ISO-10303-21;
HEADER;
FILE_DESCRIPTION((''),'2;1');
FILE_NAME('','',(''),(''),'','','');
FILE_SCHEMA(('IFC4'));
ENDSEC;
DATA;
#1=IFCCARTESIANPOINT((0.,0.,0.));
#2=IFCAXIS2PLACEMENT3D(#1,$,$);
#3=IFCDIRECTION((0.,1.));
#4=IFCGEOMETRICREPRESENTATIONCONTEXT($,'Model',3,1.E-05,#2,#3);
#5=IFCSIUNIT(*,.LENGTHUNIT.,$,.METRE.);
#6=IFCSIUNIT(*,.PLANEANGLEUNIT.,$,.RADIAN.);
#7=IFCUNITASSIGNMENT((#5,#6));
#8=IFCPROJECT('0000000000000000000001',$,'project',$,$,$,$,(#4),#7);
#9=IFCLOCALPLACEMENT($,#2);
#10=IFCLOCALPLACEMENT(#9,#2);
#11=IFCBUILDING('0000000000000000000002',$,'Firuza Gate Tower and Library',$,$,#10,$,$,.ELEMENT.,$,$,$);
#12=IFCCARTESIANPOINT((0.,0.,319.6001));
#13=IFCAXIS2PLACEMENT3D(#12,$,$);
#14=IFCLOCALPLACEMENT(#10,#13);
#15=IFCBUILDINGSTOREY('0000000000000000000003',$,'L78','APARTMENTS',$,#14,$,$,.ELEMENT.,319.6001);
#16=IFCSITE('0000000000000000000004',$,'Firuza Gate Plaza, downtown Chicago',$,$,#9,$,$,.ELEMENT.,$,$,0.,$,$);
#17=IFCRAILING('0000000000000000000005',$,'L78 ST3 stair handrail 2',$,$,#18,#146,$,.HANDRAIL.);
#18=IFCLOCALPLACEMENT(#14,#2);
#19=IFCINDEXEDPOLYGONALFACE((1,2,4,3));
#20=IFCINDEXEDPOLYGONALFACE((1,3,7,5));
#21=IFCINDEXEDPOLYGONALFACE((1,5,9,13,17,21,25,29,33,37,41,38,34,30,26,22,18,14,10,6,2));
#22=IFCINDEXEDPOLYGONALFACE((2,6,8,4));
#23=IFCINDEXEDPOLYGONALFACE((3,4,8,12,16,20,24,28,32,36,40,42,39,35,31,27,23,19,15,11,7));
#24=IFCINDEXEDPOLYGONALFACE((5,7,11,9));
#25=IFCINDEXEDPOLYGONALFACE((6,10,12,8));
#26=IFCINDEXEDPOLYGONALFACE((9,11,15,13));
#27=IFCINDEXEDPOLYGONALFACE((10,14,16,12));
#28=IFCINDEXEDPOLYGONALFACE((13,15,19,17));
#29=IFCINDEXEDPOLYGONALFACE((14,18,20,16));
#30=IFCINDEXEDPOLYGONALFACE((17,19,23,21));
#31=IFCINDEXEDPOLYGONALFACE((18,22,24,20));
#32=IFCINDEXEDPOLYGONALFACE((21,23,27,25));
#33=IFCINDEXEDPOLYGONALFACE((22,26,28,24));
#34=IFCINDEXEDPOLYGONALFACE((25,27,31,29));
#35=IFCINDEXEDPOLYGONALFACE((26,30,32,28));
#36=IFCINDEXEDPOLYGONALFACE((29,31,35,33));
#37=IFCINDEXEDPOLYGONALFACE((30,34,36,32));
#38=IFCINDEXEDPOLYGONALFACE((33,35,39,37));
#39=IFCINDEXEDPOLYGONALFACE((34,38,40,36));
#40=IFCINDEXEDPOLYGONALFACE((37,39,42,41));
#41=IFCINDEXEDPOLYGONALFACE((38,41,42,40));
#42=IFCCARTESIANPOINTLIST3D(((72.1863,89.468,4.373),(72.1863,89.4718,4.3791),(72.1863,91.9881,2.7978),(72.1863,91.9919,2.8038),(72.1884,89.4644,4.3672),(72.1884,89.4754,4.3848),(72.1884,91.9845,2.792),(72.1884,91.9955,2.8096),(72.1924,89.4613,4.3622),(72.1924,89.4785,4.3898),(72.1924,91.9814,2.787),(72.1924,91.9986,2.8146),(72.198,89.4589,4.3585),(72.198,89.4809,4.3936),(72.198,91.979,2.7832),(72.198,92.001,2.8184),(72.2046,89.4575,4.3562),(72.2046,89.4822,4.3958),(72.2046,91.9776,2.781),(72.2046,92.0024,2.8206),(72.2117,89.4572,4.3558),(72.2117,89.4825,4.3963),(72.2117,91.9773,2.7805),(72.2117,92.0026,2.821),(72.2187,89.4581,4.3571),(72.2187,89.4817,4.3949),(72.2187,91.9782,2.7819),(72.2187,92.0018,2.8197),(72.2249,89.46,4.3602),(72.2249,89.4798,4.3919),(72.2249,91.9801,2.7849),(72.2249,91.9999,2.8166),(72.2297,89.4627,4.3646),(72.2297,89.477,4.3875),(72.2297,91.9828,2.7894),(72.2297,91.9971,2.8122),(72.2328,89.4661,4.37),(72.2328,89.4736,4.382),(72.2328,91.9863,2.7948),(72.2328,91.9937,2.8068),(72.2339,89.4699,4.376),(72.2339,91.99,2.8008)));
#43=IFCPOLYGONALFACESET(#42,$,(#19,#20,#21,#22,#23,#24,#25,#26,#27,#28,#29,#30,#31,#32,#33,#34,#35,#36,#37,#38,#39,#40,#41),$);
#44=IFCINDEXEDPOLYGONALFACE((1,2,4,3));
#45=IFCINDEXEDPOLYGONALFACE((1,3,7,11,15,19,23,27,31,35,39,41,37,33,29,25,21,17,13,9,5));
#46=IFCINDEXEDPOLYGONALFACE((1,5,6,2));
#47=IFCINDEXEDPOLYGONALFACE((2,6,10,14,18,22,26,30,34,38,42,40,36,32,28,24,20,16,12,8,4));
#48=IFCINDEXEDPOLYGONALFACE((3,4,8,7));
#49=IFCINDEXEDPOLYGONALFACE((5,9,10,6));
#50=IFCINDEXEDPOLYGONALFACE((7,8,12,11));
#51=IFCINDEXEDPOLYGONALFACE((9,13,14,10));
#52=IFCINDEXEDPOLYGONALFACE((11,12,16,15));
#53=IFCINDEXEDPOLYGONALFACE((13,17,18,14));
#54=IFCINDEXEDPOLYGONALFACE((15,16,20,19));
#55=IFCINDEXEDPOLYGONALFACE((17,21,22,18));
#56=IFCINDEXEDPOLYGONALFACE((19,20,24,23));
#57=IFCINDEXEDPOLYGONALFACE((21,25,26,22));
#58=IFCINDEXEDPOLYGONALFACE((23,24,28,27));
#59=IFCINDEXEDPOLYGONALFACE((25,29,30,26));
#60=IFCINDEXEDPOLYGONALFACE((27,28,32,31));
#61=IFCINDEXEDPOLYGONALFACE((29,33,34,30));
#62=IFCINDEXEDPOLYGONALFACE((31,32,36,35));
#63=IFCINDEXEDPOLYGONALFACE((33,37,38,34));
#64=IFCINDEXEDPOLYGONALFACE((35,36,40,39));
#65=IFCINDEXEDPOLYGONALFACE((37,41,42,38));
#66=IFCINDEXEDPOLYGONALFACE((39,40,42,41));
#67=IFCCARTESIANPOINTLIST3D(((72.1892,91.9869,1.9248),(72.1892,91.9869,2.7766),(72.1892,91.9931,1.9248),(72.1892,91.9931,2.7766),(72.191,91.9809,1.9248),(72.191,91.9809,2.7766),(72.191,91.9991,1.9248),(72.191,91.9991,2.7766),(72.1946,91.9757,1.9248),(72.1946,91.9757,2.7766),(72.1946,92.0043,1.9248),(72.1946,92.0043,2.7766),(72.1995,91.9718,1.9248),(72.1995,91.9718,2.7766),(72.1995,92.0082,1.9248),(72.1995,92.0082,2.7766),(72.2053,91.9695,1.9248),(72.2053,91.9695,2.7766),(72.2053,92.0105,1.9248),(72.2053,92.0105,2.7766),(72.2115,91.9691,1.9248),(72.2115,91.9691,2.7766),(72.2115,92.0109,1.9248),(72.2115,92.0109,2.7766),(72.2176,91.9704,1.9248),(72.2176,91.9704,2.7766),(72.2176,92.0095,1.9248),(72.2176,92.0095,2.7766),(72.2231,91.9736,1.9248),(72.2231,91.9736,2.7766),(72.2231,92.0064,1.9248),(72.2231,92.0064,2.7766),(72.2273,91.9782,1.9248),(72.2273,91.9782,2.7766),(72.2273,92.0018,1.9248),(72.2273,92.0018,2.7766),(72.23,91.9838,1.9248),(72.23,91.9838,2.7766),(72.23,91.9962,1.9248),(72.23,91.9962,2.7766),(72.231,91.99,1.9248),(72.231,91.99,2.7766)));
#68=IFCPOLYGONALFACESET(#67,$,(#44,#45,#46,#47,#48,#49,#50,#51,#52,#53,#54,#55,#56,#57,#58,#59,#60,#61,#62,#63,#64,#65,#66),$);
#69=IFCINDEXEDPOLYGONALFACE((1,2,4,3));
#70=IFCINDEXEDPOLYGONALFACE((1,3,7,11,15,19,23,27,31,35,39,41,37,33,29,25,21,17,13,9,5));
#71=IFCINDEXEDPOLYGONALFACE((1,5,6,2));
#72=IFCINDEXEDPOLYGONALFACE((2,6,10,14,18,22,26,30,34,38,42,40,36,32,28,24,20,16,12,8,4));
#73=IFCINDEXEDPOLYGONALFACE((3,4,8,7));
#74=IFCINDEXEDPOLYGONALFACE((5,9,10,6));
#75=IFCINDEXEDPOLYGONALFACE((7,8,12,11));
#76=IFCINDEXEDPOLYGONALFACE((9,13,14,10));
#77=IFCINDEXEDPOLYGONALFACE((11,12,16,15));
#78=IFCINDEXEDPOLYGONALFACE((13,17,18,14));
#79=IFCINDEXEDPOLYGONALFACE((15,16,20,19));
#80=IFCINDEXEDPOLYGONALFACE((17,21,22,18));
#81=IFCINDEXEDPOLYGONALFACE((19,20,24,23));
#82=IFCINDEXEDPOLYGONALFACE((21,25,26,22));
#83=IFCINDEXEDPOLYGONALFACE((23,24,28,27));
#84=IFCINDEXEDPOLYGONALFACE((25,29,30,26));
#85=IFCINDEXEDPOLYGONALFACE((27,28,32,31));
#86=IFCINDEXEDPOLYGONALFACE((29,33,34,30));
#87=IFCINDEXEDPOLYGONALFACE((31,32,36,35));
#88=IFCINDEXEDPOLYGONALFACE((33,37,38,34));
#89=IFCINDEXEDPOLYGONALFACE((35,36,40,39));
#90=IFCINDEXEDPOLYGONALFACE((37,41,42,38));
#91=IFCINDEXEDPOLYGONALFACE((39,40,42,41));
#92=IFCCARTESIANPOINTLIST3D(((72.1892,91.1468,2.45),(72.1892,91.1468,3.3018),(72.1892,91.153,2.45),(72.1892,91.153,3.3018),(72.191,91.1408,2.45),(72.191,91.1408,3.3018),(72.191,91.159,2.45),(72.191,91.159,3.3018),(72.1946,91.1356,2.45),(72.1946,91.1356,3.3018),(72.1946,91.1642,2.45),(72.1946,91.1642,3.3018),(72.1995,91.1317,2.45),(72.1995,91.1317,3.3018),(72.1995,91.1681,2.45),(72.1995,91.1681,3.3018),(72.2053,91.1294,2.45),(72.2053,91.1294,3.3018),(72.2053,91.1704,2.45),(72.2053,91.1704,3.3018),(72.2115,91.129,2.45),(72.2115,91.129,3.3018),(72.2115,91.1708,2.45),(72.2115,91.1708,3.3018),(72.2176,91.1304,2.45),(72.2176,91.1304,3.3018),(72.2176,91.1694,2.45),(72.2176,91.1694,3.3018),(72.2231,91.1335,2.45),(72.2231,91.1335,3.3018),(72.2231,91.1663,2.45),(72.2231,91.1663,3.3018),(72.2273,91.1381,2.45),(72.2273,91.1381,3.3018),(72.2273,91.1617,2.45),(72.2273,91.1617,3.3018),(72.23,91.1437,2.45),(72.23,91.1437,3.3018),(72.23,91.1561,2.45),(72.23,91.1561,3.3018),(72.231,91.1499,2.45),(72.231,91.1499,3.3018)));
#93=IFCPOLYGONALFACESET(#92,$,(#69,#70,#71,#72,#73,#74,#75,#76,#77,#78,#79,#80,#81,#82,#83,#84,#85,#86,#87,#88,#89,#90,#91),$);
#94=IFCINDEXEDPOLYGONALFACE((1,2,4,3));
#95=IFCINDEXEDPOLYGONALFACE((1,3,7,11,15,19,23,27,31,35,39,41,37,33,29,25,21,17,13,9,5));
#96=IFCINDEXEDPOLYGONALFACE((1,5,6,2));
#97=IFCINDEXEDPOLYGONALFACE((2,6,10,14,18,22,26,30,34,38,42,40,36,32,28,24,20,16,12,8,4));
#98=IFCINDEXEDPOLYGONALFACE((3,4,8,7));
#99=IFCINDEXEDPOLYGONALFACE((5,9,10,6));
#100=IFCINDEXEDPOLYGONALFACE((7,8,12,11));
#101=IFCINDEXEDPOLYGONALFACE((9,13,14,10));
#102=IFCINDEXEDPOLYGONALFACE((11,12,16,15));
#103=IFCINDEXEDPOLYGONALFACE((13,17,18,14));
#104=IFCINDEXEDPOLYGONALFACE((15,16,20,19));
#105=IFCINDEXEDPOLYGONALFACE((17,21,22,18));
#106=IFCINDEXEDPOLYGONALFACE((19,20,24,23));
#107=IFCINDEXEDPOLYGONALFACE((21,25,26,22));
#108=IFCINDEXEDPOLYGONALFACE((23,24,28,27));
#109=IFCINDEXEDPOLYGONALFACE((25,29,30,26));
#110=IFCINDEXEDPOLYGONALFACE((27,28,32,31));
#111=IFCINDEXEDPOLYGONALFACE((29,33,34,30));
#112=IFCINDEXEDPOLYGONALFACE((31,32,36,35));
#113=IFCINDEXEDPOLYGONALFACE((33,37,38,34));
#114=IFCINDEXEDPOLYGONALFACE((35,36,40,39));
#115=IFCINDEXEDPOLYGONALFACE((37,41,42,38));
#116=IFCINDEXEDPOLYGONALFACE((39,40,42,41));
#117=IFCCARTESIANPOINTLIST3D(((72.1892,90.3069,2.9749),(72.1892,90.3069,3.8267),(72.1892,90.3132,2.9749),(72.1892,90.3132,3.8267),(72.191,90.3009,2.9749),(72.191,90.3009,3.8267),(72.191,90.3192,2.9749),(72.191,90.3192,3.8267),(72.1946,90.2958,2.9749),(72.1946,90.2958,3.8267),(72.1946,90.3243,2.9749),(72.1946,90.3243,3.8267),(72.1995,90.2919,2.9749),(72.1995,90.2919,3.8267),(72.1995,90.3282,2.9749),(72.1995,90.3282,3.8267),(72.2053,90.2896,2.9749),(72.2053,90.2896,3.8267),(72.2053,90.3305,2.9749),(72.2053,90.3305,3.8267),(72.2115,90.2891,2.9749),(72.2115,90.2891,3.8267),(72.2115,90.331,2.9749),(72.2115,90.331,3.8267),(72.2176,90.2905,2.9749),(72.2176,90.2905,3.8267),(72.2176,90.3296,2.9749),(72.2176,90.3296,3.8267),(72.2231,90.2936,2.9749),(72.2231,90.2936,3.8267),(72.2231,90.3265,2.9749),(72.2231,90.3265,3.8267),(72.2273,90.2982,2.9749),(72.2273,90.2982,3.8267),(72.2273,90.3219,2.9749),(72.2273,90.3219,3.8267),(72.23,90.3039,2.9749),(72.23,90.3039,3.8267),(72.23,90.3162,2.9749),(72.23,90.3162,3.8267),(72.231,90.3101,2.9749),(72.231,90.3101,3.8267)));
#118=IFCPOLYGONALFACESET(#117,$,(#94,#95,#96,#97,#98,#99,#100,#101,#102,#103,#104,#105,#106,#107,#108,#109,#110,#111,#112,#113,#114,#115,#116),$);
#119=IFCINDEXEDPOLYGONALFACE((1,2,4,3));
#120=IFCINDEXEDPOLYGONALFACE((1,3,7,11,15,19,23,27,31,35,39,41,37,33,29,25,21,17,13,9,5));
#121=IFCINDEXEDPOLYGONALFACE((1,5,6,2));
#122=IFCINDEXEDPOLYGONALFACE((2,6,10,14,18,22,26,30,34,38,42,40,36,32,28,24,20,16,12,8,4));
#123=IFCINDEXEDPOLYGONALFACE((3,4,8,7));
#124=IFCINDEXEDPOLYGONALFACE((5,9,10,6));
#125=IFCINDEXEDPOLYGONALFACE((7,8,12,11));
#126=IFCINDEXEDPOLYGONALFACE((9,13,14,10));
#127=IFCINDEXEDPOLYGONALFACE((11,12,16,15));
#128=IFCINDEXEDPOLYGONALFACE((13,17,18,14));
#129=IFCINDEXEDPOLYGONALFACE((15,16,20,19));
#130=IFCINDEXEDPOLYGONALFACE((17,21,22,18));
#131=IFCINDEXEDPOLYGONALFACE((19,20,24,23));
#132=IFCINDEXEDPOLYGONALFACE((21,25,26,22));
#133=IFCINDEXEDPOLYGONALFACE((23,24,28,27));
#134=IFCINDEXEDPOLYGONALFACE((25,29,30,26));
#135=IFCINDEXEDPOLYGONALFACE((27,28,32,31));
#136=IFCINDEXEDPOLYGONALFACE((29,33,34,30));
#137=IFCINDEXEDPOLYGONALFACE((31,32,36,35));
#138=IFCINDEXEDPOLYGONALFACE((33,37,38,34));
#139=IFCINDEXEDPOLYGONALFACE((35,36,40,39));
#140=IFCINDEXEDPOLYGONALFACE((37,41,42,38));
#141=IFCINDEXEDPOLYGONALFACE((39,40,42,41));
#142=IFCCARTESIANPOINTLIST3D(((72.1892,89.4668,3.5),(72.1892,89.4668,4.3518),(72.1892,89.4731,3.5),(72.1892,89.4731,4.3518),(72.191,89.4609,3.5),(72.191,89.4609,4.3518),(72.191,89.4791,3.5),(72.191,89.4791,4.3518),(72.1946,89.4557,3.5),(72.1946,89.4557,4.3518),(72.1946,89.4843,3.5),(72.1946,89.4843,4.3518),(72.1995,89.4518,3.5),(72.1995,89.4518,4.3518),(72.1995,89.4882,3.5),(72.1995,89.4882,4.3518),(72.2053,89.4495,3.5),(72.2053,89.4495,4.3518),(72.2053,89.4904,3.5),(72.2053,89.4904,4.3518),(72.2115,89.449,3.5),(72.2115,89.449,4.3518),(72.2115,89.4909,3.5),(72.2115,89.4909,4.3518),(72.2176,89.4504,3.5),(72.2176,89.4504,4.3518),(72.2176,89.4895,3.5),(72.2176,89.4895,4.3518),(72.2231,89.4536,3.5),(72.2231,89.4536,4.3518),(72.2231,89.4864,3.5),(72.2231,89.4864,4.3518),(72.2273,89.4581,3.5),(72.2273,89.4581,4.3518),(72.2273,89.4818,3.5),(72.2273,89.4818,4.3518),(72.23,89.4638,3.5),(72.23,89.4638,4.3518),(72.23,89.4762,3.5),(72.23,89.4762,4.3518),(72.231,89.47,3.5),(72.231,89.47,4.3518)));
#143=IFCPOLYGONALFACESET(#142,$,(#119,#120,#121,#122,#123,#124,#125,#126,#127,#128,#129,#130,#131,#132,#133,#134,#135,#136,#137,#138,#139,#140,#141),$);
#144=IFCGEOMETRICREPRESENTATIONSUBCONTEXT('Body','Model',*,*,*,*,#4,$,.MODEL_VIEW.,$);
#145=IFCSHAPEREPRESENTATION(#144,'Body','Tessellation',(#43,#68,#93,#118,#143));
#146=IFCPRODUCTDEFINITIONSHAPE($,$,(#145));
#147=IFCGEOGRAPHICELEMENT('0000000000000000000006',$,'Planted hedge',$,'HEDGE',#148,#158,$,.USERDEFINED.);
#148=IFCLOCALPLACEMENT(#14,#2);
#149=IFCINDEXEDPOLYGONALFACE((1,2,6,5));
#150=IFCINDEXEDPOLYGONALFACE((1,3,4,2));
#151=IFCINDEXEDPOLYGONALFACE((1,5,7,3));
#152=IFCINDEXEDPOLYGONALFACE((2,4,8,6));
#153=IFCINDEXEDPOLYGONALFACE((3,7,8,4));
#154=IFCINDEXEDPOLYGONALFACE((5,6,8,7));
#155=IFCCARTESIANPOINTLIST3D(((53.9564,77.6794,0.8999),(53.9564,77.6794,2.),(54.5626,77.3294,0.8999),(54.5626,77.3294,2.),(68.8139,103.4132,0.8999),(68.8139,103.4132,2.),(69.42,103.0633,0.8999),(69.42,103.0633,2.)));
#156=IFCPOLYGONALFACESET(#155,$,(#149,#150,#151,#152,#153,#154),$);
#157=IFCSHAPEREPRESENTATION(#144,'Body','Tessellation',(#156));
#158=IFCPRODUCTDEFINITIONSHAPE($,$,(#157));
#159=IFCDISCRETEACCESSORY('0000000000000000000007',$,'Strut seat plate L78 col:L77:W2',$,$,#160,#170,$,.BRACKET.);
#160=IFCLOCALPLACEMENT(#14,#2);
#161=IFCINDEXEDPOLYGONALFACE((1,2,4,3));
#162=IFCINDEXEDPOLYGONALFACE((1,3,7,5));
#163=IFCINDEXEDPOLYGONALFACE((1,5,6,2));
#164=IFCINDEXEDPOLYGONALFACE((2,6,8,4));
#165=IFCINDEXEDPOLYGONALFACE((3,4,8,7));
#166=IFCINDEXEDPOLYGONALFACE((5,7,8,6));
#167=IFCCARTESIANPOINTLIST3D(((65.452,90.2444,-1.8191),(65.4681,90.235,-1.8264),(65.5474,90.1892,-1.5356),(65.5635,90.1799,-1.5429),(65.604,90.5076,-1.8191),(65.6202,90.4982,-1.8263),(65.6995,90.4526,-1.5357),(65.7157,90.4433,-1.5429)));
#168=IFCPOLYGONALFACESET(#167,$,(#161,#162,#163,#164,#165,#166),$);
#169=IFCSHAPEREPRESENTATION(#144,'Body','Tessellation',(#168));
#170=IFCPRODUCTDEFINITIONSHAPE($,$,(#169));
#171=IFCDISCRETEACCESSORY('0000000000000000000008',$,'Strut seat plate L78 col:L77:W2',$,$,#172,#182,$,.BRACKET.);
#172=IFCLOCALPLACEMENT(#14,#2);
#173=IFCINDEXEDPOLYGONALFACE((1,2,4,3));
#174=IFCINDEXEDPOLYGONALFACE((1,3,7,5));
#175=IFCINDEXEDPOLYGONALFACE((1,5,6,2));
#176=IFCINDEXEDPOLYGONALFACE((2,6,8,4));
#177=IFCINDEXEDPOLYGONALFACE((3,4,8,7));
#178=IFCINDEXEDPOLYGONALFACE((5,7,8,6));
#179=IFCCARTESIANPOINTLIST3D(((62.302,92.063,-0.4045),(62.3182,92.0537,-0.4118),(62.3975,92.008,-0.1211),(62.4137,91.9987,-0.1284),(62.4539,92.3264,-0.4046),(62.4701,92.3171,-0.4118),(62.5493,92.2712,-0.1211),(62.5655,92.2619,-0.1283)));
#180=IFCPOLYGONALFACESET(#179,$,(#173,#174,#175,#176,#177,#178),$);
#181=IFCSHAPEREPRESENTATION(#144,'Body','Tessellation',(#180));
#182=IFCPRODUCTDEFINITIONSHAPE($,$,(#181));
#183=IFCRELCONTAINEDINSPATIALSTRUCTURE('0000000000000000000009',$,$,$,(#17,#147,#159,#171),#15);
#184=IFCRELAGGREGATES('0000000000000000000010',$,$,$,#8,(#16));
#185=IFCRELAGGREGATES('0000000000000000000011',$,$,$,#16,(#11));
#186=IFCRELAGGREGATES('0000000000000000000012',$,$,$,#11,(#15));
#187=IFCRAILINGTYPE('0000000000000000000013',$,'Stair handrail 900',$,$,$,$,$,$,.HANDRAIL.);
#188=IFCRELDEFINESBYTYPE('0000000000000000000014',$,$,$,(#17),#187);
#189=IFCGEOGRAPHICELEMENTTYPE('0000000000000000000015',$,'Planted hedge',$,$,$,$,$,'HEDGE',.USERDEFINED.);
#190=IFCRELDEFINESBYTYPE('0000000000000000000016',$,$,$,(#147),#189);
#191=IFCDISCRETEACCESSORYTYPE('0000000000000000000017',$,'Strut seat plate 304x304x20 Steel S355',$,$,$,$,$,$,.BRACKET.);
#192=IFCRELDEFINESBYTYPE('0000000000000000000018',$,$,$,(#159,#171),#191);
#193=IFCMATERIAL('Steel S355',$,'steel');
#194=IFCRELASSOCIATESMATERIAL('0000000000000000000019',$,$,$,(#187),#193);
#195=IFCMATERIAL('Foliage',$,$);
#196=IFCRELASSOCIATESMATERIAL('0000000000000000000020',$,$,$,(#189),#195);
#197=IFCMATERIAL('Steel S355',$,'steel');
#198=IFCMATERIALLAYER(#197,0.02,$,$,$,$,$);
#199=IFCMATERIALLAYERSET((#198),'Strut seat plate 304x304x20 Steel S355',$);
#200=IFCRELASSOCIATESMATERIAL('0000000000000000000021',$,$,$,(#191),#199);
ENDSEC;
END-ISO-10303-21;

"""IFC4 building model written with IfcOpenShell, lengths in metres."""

from ifc_helpers import new_model, si_unit, direction, frame, origin, origin_2d, place, context, subcontext, project, spatial, polyline, rectangle, circle, outline, extrude, material, layer, layer_set, type_object, element, save


model = new_model("IFC4")

# Units and contexts
model_context = context("Model", 3, precision=1e-05, world=origin(), true_north=direction((0.0, 1.0)))
body_context = subcontext(model_context, "Body", "Model", "MODEL_VIEW")
ifc_project = project(units=[si_unit("LENGTHUNIT", "METRE"), si_unit("PLANEANGLEUNIT", "RADIAN")], contexts=[model_context])

# Site, building, storey
site_placement = place(None, origin())
site = spatial("IfcSite", under=ifc_project, at=site_placement, Name="Firuza Gate Plaza, downtown Chicago", CompositionType="ELEMENT", RefElevation=0.0)
building_placement = place(site_placement, origin())
building = spatial("IfcBuilding", under=site, at=building_placement, Name="Firuza Gate Tower and Library", CompositionType="ELEMENT")
storey_placement = place(building_placement, frame((0.0, 0.0, 319.6001)))
storey = spatial("IfcBuildingStorey", under=building, at=storey_placement, Name="L78", Description="APARTMENTS", CompositionType="ELEMENT", Elevation=319.6001)

# Railing
ifc_material_1 = material(Name="Steel S355", Category="steel")
railing_type_1 = type_object("IfcRailingType", Name="Stair handrail 900", PredefinedType="HANDRAIL", material=ifc_material_1)
railing_1_placement = place(storey_placement, frame((72.21, 91.99, 1.9248)))
element("IfcRailing", 1, at=railing_1_placement, inside=storey, type_object=railing_type_1, Name="L78 ST3 stair handrail 2", PredefinedType="HANDRAIL", context=body_context, shape_type="SweptSolid", body=[
    extrude(circle(Radius=0.0239, at=origin_2d()), frame((0.0, 0.0, 0.876), z_axis=(0.0, -0.847971, 0.530043), x_axis=(1.0, 0.0, 0.0)), (0.0, 0.0, 1.0), 2.9719),
    extrude(circle(Radius=0.021, at=origin_2d()), origin(), (0.0, 0.0, 1.0), 0.8518),
    extrude(circle(Radius=0.021, at=origin_2d()), frame((0.0, -0.8401, 0.5251)), (0.0, 0.0, 1.0), 0.8518),
    extrude(circle(Radius=0.021, at=origin_2d()), frame((0.0, -1.6799, 1.05)), (0.0, 0.0, 1.0), 0.8518),
    extrude(circle(Radius=0.021, at=origin_2d()), frame((0.0, -2.52, 1.5752)), (0.0, 0.0, 1.0), 0.8518),
])

# Geographic element
ifc_material_2 = material(Name="Foliage")
geographic_element_type = type_object("IfcGeographicElementType", Name="Planted hedge", ElementType="HEDGE", PredefinedType="USERDEFINED", material=ifc_material_2)
geographic_element_placement = place(storey_placement, frame((61.6882, 90.3713, 0.8999), z_axis=(0.0, 0.0, 1.0), x_axis=(-0.5, -0.866025, 0.0)))
element("IfcGeographicElement", 2, at=geographic_element_placement, inside=storey, type_object=geographic_element_type, Name="Planted hedge", ObjectType="HEDGE", PredefinedType="USERDEFINED", context=body_context, shape_type="SweptSolid", body=[
    extrude(rectangle(XDim=29.7148, YDim=0.7, at=origin_2d()), origin(), (0.0, 0.0, 1.0), 1.1001),
])

# Discrete accessories
ifc_material_3 = material(Name="Steel S355", Category="steel")
ifc_layer_1 = layer(ifc_material_3, 0.02)
ifc_layer_set_1 = layer_set([ifc_layer_1], Name="Strut seat plate 304x304x20 Steel S355")
discrete_accessory_type = type_object("IfcDiscreteAccessoryType", Name="Strut seat plate 304x304x20 Steel S355", PredefinedType="BRACKET", material=ifc_layer_set_1)
discrete_accessory_1_placement = place(storey_placement, frame((65.5474, 90.1892, -1.5356), z_axis=(-0.807065, 0.466204, 0.362353), x_axis=(0.500175, 0.865925, -0.000068)))
element("IfcDiscreteAccessory", 3, at=discrete_accessory_1_placement, inside=storey, type_object=discrete_accessory_type, Name="Strut seat plate L78 col:L77:W2", PredefinedType="BRACKET", context=body_context, shape_type="SweptSolid", body=[
    extrude(outline(polyline([(0.0, 0.0), (0.3042, 0.0), (0.304, 0.3041), (0.0001, 0.3041), (0.0, 0.0)])), origin(), (0.0, 0.0, -1.0), 0.02),
])
discrete_accessory_2_placement = place(storey_placement, frame((62.5493, 92.2712, -0.1211), z_axis=(-0.807389, 0.465643, 0.362353), x_axis=(-0.499618, -0.866246, -0.000068)))
element("IfcDiscreteAccessory", 4, at=discrete_accessory_2_placement, inside=storey, type_object=discrete_accessory_type, Name="Strut seat plate L78 col:L77:W2", PredefinedType="BRACKET", context=body_context, shape_type="SweptSolid", body=[
    extrude(outline(polyline([(0.0, 0.0), (0.3039, 0.0), (0.304, -0.3041), (-0.0001, -0.3041), (0.0, 0.0)])), origin(), (0.0, 0.0, -1.0), 0.02),
])

save(model, "model.ifc")
